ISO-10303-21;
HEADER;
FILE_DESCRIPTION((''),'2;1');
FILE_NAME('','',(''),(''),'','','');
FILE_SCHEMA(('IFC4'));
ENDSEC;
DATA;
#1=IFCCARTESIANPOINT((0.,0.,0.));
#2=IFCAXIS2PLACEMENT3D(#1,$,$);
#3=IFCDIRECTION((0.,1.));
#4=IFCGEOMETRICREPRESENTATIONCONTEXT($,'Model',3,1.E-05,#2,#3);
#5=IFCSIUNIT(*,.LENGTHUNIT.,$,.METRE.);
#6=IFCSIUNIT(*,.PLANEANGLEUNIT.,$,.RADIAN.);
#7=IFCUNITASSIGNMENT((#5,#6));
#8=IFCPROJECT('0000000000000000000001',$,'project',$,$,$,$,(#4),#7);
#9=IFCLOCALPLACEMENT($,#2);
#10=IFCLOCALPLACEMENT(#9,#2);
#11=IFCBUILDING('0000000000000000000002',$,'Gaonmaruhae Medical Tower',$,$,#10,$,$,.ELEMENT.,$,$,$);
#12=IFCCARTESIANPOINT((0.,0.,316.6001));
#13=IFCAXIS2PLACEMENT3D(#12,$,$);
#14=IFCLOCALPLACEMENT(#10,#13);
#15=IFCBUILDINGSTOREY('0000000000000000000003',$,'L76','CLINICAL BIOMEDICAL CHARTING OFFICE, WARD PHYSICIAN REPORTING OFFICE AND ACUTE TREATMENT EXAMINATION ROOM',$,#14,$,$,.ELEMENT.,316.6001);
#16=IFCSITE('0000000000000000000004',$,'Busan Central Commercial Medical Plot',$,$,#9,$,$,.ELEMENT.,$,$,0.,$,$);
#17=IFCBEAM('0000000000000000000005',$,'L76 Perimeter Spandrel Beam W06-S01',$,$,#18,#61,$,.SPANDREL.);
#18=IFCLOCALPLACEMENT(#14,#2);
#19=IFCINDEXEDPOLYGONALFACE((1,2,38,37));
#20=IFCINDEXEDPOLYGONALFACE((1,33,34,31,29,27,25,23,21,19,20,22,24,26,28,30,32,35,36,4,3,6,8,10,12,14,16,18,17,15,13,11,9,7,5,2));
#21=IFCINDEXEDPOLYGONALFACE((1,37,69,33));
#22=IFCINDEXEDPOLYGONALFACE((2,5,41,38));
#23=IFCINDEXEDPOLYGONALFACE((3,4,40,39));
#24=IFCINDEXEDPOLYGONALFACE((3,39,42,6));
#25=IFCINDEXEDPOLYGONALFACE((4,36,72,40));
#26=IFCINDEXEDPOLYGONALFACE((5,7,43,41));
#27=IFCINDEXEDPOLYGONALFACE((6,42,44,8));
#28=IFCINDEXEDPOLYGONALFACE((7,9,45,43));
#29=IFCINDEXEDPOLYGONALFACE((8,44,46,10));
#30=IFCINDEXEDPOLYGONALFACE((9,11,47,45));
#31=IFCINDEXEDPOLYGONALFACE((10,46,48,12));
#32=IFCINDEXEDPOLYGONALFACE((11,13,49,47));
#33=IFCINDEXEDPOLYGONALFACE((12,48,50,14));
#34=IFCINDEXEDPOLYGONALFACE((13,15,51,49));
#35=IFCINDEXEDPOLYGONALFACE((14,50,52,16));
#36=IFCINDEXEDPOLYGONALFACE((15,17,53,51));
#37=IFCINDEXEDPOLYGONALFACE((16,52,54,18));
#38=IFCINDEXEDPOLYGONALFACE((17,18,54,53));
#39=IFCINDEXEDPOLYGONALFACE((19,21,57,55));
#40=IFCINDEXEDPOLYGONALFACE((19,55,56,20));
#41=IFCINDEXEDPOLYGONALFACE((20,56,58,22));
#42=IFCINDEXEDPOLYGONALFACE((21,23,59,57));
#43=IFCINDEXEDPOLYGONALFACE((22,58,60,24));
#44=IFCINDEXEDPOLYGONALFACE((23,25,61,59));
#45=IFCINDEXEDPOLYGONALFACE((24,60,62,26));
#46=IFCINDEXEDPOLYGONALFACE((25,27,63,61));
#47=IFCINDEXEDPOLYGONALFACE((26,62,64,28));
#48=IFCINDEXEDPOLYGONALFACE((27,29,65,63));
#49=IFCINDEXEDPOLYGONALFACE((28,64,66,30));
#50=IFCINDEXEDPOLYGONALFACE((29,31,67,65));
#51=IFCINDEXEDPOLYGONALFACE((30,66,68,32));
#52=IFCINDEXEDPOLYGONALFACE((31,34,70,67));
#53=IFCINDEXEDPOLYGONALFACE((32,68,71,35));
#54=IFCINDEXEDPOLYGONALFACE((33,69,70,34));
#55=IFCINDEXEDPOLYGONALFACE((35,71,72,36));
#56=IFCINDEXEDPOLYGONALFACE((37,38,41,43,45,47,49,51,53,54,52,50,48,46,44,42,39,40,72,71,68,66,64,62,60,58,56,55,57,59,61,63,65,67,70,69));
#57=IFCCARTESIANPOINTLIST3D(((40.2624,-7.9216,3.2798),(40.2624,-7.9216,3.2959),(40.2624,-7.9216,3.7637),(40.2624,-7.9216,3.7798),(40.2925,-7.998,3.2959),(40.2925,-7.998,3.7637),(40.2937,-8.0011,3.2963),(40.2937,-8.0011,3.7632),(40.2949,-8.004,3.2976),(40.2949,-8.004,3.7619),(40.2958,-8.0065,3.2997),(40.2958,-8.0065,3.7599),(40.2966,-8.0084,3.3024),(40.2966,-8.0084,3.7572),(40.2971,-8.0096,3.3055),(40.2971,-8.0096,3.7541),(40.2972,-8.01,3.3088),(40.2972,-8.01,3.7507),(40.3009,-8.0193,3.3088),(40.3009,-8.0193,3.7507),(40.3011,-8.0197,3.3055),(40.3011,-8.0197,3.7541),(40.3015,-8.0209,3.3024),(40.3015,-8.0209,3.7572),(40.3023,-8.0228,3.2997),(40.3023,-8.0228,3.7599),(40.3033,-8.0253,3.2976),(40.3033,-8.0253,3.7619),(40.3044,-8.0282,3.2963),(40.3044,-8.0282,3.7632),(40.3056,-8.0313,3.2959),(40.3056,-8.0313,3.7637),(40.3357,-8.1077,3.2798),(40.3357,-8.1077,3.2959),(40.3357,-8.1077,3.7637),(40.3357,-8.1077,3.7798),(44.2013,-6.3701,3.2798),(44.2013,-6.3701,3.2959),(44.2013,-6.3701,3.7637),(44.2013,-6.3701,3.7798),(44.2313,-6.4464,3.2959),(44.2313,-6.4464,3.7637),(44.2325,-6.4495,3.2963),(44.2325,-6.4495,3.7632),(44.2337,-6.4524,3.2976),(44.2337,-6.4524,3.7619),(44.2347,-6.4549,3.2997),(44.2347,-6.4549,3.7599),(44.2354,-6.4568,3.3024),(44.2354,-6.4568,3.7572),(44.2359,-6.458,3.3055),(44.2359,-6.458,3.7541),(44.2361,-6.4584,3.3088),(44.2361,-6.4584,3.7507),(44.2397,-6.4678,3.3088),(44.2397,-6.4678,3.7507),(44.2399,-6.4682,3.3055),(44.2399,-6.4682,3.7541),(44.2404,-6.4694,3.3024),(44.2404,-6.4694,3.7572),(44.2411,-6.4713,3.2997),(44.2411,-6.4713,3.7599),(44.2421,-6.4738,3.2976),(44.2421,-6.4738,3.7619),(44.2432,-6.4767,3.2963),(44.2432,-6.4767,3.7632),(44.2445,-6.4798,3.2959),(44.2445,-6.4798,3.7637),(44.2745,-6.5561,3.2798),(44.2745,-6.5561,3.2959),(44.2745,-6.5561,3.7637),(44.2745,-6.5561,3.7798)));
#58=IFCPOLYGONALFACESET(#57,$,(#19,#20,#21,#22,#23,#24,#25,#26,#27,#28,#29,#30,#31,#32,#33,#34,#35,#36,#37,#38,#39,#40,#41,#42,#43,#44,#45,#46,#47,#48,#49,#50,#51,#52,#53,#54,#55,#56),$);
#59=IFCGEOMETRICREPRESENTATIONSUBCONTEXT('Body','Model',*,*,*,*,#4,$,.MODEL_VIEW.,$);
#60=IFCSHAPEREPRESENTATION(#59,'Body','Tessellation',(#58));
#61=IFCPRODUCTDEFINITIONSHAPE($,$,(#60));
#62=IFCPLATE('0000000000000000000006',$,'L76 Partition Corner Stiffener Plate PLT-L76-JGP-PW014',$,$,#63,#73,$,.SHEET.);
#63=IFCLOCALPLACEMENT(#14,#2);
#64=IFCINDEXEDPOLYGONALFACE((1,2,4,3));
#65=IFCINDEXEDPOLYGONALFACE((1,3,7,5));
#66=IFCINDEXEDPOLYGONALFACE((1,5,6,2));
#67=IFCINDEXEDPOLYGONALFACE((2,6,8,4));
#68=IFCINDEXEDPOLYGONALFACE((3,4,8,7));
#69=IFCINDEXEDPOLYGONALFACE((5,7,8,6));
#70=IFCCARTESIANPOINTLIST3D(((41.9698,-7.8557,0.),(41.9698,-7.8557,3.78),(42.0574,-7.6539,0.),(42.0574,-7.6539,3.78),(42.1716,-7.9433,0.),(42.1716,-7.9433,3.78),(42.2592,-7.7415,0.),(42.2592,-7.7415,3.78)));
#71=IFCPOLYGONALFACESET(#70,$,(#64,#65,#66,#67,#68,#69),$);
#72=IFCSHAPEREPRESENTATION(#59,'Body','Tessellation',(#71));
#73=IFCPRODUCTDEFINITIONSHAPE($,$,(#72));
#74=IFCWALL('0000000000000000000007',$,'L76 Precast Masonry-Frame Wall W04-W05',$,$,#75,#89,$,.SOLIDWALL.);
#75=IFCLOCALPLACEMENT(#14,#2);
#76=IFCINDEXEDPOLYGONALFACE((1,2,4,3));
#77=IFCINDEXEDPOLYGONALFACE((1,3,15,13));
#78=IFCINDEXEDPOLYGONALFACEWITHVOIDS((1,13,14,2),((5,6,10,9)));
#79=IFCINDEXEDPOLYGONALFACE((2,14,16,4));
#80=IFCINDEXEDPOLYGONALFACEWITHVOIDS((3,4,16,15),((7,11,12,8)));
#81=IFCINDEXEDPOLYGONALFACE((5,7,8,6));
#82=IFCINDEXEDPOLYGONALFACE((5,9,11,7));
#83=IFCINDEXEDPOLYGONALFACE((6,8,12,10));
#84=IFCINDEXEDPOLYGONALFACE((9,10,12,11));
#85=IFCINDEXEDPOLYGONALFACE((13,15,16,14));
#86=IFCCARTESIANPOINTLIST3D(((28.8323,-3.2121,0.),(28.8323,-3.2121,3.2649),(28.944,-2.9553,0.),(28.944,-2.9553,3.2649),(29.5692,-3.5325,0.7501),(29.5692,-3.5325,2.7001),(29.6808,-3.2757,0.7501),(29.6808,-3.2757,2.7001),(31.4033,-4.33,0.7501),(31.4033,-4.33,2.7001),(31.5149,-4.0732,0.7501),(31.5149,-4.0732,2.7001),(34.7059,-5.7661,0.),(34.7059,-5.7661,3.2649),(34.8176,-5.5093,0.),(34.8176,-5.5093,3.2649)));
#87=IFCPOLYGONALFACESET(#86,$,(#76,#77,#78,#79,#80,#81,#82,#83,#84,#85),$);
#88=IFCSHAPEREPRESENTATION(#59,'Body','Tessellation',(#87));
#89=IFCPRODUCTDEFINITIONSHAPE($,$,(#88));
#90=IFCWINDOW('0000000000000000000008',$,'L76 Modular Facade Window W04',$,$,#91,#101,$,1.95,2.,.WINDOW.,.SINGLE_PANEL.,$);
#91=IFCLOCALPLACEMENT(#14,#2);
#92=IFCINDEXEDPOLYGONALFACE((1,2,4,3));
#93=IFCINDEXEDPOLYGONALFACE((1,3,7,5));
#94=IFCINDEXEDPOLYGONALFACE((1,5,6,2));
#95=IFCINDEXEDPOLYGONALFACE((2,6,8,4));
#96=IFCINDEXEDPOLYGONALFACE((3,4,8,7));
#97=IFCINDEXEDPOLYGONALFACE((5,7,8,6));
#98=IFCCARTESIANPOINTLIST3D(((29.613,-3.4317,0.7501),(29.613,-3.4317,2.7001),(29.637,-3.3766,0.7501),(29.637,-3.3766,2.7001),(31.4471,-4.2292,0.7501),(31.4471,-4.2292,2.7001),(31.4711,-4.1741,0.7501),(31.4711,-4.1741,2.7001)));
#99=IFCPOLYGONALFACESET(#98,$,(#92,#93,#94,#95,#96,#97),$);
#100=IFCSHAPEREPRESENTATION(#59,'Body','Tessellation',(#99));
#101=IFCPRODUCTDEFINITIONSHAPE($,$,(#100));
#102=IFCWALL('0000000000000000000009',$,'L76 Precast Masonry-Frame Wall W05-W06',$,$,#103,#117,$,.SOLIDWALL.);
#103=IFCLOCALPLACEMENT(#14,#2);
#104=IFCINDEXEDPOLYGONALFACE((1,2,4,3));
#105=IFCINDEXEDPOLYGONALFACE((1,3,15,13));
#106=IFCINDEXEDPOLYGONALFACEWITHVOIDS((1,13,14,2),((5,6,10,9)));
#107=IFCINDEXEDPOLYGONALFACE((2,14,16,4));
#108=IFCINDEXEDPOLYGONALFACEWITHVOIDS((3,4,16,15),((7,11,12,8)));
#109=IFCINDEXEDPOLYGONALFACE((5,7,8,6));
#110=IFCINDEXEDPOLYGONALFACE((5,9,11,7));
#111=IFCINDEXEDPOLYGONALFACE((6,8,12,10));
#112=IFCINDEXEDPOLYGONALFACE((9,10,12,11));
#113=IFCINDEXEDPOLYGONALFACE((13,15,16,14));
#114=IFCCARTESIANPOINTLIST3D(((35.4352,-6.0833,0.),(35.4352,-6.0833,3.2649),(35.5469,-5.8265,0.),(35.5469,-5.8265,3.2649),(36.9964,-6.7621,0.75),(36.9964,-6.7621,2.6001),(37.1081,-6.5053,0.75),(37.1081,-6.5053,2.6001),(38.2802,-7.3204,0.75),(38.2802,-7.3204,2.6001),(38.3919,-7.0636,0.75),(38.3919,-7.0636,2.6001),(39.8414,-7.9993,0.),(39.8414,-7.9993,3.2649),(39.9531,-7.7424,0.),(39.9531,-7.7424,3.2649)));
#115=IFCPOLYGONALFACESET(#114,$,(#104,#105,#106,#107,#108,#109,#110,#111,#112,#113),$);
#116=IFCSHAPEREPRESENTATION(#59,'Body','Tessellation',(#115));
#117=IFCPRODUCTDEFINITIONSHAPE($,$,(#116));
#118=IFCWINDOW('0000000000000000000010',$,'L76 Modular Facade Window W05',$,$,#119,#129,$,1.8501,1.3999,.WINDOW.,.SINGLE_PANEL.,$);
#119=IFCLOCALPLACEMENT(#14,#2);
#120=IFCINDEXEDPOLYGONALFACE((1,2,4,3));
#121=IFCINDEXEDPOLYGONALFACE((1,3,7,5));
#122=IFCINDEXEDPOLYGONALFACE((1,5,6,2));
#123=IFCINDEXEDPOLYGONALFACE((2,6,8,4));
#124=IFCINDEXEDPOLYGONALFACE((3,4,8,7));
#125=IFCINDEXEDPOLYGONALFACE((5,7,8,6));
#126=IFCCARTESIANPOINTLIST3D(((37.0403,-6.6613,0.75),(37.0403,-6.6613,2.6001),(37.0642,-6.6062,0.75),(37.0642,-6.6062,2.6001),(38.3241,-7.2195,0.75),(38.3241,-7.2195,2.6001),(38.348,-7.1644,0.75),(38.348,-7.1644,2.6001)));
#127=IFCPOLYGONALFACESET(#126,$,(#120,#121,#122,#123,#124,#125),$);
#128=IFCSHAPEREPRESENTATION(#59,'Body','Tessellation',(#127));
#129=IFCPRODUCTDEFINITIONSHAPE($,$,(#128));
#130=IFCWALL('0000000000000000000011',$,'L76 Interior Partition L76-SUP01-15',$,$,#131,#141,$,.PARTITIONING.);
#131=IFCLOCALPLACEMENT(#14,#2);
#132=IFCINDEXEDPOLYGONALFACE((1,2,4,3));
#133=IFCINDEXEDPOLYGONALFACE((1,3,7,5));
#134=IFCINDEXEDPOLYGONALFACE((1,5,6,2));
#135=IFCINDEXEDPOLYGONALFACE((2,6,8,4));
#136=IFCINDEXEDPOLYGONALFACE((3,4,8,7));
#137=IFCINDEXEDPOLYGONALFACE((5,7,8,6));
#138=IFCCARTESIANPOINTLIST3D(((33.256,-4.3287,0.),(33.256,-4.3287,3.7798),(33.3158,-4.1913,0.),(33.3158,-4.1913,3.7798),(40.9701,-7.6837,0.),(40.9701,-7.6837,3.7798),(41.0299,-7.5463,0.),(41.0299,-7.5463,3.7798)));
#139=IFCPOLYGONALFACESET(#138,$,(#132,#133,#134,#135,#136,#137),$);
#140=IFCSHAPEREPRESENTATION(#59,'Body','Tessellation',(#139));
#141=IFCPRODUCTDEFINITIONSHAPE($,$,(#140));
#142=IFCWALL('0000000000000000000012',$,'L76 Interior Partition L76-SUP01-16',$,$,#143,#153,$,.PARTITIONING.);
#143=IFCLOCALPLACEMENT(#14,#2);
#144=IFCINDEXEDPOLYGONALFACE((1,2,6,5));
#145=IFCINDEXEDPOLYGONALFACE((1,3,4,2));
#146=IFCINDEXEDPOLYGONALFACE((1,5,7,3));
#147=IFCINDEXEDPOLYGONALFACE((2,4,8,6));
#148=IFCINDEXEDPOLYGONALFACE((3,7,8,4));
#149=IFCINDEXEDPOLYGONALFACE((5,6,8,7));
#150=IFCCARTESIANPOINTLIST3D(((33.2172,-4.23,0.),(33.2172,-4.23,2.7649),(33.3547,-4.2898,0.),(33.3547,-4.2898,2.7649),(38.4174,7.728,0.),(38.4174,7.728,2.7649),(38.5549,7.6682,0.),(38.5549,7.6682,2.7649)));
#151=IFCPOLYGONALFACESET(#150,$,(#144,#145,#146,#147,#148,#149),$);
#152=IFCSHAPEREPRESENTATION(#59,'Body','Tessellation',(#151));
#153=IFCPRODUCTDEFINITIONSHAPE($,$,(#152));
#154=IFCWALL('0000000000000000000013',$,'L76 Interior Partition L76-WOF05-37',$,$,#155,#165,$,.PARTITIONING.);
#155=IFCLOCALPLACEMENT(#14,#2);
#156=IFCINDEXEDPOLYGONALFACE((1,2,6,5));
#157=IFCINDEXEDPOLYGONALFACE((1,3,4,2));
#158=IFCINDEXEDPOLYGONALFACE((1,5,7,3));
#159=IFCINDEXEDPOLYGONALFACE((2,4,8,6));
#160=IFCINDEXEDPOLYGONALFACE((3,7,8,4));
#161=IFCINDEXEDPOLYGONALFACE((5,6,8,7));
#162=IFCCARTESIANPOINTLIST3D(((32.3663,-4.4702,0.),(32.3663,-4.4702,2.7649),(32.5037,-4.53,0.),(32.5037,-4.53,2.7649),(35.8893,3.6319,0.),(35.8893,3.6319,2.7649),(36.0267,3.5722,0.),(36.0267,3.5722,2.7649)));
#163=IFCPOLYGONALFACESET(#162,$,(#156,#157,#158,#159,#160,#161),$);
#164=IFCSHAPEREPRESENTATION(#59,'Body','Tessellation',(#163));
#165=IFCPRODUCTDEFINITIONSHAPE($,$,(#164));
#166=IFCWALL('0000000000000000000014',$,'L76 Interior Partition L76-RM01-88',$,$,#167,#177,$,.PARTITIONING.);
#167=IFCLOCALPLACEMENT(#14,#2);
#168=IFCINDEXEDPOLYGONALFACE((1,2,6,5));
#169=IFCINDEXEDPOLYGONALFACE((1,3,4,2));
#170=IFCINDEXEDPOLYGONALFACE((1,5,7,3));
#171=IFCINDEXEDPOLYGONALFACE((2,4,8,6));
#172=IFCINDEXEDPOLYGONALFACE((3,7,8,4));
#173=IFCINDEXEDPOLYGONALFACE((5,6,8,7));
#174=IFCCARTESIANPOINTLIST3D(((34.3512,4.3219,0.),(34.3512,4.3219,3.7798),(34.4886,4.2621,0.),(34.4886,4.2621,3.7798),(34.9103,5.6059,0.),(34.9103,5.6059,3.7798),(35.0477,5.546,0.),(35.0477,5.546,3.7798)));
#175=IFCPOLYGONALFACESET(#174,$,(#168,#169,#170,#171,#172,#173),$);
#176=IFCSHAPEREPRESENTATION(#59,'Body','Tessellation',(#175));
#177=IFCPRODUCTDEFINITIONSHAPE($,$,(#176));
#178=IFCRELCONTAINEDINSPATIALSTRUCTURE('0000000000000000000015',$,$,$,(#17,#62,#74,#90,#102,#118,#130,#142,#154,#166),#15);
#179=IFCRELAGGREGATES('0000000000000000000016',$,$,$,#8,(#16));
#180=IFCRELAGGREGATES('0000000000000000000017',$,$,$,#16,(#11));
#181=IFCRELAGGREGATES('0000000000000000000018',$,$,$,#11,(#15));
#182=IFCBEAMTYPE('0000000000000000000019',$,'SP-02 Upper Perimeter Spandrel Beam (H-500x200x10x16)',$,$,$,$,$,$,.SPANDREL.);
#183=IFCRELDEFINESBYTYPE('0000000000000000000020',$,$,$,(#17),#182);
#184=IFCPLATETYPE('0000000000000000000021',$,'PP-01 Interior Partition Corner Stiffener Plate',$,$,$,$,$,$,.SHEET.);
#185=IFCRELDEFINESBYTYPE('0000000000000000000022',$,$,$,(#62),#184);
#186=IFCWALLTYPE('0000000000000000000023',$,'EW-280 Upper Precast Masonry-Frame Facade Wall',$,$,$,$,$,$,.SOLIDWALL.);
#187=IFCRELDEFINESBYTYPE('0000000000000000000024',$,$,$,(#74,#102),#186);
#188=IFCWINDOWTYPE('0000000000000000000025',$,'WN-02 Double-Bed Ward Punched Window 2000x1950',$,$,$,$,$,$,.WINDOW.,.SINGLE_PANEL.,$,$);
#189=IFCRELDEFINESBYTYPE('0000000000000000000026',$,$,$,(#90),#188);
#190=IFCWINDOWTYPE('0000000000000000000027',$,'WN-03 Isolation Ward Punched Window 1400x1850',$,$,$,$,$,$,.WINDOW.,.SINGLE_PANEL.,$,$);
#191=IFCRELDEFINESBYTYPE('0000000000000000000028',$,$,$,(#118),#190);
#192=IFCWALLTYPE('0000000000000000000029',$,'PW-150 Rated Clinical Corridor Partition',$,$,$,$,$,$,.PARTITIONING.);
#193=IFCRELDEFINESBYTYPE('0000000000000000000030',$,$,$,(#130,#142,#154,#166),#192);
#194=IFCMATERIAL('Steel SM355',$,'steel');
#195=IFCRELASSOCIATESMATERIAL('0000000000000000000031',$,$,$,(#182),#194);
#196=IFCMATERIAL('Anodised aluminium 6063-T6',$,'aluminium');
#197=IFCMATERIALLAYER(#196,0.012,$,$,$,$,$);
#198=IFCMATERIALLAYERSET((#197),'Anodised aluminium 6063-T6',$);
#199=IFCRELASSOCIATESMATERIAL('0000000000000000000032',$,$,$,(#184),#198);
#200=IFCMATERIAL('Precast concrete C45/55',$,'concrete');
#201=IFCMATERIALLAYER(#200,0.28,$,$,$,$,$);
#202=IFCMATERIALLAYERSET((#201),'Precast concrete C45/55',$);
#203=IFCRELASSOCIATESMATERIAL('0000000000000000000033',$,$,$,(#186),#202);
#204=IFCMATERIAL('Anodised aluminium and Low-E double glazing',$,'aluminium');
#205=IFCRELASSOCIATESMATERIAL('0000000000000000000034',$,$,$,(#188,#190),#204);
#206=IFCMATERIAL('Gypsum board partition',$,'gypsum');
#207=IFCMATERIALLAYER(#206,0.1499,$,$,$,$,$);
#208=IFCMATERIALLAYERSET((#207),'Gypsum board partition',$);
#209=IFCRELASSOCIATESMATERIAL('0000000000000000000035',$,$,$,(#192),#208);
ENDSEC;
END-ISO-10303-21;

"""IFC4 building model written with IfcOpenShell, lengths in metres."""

from ifc_helpers import new_model, si_unit, direction, frame, frame_2d, origin, origin_2d, place, context, subcontext, project, spatial, rectangle, i_section, extrude, material, layer, layer_set, material_profile, profile_set, type_object, element, fill, save


model = new_model("IFC4")

# Units and contexts
model_context = context("Model", 3, precision=1e-05, world=origin(), true_north=direction((0.0, 1.0)))
body_context = subcontext(model_context, "Body", "Model", "MODEL_VIEW")
ifc_project = project(units=[si_unit("LENGTHUNIT", "METRE"), si_unit("PLANEANGLEUNIT", "RADIAN")], contexts=[model_context])

# Site, building, storey
site_placement = place(None, origin())
site = spatial("IfcSite", under=ifc_project, at=site_placement, Name="Busan Central Commercial Medical Plot", CompositionType="ELEMENT", RefElevation=0.0)
building_placement = place(site_placement, origin())
building = spatial("IfcBuilding", under=site, at=building_placement, Name="Gaonmaruhae Medical Tower", CompositionType="ELEMENT")
storey_placement = place(building_placement, frame((0.0, 0.0, 316.6001)))
storey = spatial("IfcBuildingStorey", under=building, at=storey_placement, Name="L76", Description="CLINICAL BIOMEDICAL CHARTING OFFICE, WARD PHYSICIAN REPORTING OFFICE AND ACUTE TREATMENT EXAMINATION ROOM", CompositionType="ELEMENT", Elevation=316.6001)

# Beam
ifc_material_1 = material(Name="Steel SM355", Category="steel")
ifc_material_profile_1 = material_profile(ifc_material_1, i_section(OverallWidth=0.2, OverallDepth=0.5, WebThickness=0.01, FlangeThickness=0.0161, FilletRadius=0.0129, at=origin_2d()), Name="H-500x200x10x16")
ifc_profile_set_1 = profile_set([ifc_material_profile_1], Name="Steel SM355")
beam_type_1 = type_object("IfcBeamType", Name="SP-02 Upper Perimeter Spandrel Beam (H-500x200x10x16)", PredefinedType="SPANDREL", material=ifc_profile_set_1)
beam_1_placement = place(storey_placement, frame((40.2991, -8.0146, 3.5298), z_axis=(0.930417, 0.366503, 0.0), x_axis=(-0.366503, 0.930417, 0.0)))
element("IfcBeam", 1, at=beam_1_placement, inside=storey, type_object=beam_type_1, Name="L76 Perimeter Spandrel Beam W06-S01", PredefinedType="SPANDREL", context=body_context, shape_type="SweptSolid", body=[
    extrude(i_section(OverallWidth=0.2, OverallDepth=0.5, WebThickness=0.01, FlangeThickness=0.0161, FilletRadius=0.0129, at=origin_2d()), origin(), (0.0, 0.0, 1.0), 4.2334),
])

# Plate
ifc_material_2 = material(Name="Anodised aluminium 6063-T6", Category="aluminium")
ifc_layer_1 = layer(ifc_material_2, 0.012)
ifc_layer_set_1 = layer_set([ifc_layer_1], Name="Anodised aluminium 6063-T6")
plate_type = type_object("IfcPlateType", Name="PP-01 Interior Partition Corner Stiffener Plate", PredefinedType="SHEET", material=ifc_layer_set_1)
plate_placement = place(storey_placement, frame((42.1145, -7.7986, 0.0), z_axis=(0.0, 0.0, 1.0), x_axis=(-0.917248, 0.398317, 0.0)))
element("IfcPlate", 2, at=plate_placement, inside=storey, type_object=plate_type, Name="L76 Partition Corner Stiffener Plate PLT-L76-JGP-PW014", PredefinedType="SHEET", context=body_context, shape_type="SweptSolid", body=[
    extrude(rectangle(XDim=0.22, YDim=0.22, at=origin_2d()), origin(), (0.0, 0.0, 1.0), 3.78),
])

# Walls, openings, windows
ifc_material_3 = material(Name="Precast concrete C45/55", Category="concrete")
ifc_layer_2 = layer(ifc_material_3, 0.28)
ifc_layer_set_2 = layer_set([ifc_layer_2], Name="Precast concrete C45/55")
wall_type_1 = type_object("IfcWallType", Name="EW-280 Upper Precast Masonry-Frame Facade Wall", PredefinedType="SOLIDWALL", material=ifc_layer_set_2)
wall_1_placement = place(storey_placement, frame((34.7617, -5.6377, 0.0), z_axis=(0.0, 0.0, 1.0), x_axis=(-0.917056, 0.398758, 0.0)))
wall_1 = element("IfcWall", 3, at=wall_1_placement, inside=storey, type_object=wall_type_1, Name="L76 Precast Masonry-Frame Wall W04-W05", PredefinedType="SOLIDWALL", context=body_context, shape_type="SweptSolid", body=[
    extrude(rectangle(XDim=6.4048, YDim=0.28, at=frame_2d((3.2024, 0.0))), origin(), (0.0, 0.0, 1.0), 3.2649),
])
opening_1_placement = place(wall_1_placement, frame((3.6013, 0.0, 0.75)))
opening_1 = element("IfcOpeningElement", 4, at=opening_1_placement, cuts=wall_1, PredefinedType="OPENING", context=body_context, shape_type="SweptSolid", body=[
    extrude(rectangle(XDim=2.0, YDim=1.95, at=frame_2d((1.0, 0.9751))), frame((0.0, 0.1499, 0.0), z_axis=(0.0, -1.0, 0.0), x_axis=(1.0, 0.0, 0.0)), (0.0, 0.0, 1.0), 0.3),
])
ifc_material_4 = material(Name="Anodised aluminium and Low-E double glazing", Category="aluminium")
window_type_1 = type_object("IfcWindowType", Name="WN-02 Double-Bed Ward Punched Window 2000x1950", PartitioningType="SINGLE_PANEL", PredefinedType="WINDOW", material=ifc_material_4)
window_1_placement = place(opening_1_placement, origin())
window_1 = element("IfcWindow", 5, at=window_1_placement, inside=storey, type_object=window_type_1, Name="L76 Modular Facade Window W04", OverallHeight=1.95, OverallWidth=2.0, PartitioningType="SINGLE_PANEL", PredefinedType="WINDOW", context=body_context, shape_type="SweptSolid", body=[
    extrude(rectangle(XDim=2.0, YDim=1.95, at=frame_2d((1.0, 0.9751))), frame((0.0, 0.03, 0.0), z_axis=(0.0, -1.0, 0.0), x_axis=(1.0, 0.0, 0.0)), (0.0, 0.0, 1.0), 0.0601),
])
fill(opening_1, window_1)
wall_2_placement = place(storey_placement, frame((39.8972, -7.8708, 0.0), z_axis=(0.0, 0.0, 1.0), x_axis=(-0.917051, 0.398771, 0.0)))
wall_2 = element("IfcWall", 6, at=wall_2_placement, inside=storey, type_object=wall_type_1, Name="L76 Precast Masonry-Frame Wall W05-W06", PredefinedType="SOLIDWALL", context=body_context, shape_type="SweptSolid", body=[
    extrude(rectangle(XDim=4.8047, YDim=0.28, at=frame_2d((2.4023, 0.0))), origin(), (0.0, 0.0, 1.0), 3.2649),
])
opening_2_placement = place(wall_2_placement, frame((1.7024, 0.0, 0.75)))
opening_2 = element("IfcOpeningElement", 7, at=opening_2_placement, cuts=wall_2, PredefinedType="OPENING", context=body_context, shape_type="SweptSolid", body=[
    extrude(rectangle(XDim=1.3999, YDim=1.8501, at=frame_2d((0.7, 0.925))), frame((0.0, 0.1499, 0.0), z_axis=(0.0, -1.0, 0.0), x_axis=(1.0, 0.0, 0.0)), (0.0, 0.0, 1.0), 0.3),
])
window_type_2 = type_object("IfcWindowType", Name="WN-03 Isolation Ward Punched Window 1400x1850", PartitioningType="SINGLE_PANEL", PredefinedType="WINDOW", material=ifc_material_4)
window_2_placement = place(opening_2_placement, origin())
window_2 = element("IfcWindow", 8, at=window_2_placement, inside=storey, type_object=window_type_2, Name="L76 Modular Facade Window W05", OverallHeight=1.8501, OverallWidth=1.3999, PartitioningType="SINGLE_PANEL", PredefinedType="WINDOW", context=body_context, shape_type="SweptSolid", body=[
    extrude(rectangle(XDim=1.3999, YDim=1.8501, at=frame_2d((0.7, 0.925))), frame((0.0, 0.03, 0.0), z_axis=(0.0, -1.0, 0.0), x_axis=(1.0, 0.0, 0.0)), (0.0, 0.0, 1.0), 0.0601),
])
fill(opening_2, window_2)

# Walls
ifc_material_5 = material(Name="Gypsum board partition", Category="gypsum")
ifc_layer_3 = layer(ifc_material_5, 0.1499)
ifc_layer_set_3 = layer_set([ifc_layer_3], Name="Gypsum board partition")
wall_type_2 = type_object("IfcWallType", Name="PW-150 Rated Clinical Corridor Partition", PredefinedType="PARTITIONING", material=ifc_layer_set_3)
wall_3_placement = place(storey_placement, frame((41.0, -7.615, 0.0), z_axis=(0.0, 0.0, 1.0), x_axis=(-0.917026, 0.398828, 0.0)))
element("IfcWall", 9, at=wall_3_placement, inside=storey, type_object=wall_type_2, Name="L76 Interior Partition L76-SUP01-15", PredefinedType="PARTITIONING", context=body_context, shape_type="SweptSolid", body=[
    extrude(rectangle(XDim=8.4121, YDim=0.1499, at=frame_2d((4.2061, 0.0))), origin(), (0.0, 0.0, 1.0), 3.7798),
])
wall_4_placement = place(storey_placement, frame((33.2859, -4.26, 0.0), z_axis=(0.0, 0.0, 1.0), x_axis=(0.398795, 0.91704, 0.0)))
element("IfcWall", 10, at=wall_4_placement, inside=storey, type_object=wall_type_2, Name="L76 Interior Partition L76-SUP01-16", PredefinedType="PARTITIONING", context=body_context, shape_type="SweptSolid", body=[
    extrude(rectangle(XDim=13.0398, YDim=0.1499, at=frame_2d((6.52, 0.0))), origin(), (0.0, 0.0, 1.0), 2.7649),
])
wall_5_placement = place(storey_placement, frame((35.958, 3.6021, 0.0), z_axis=(0.0, 0.0, 1.0), x_axis=(-0.398756, -0.917057, 0.0)))
element("IfcWall", 11, at=wall_5_placement, inside=storey, type_object=wall_type_2, Name="L76 Interior Partition L76-WOF05-37", PredefinedType="PARTITIONING", context=body_context, shape_type="SweptSolid", body=[
    extrude(rectangle(XDim=8.835, YDim=0.1499, at=frame_2d((4.4175, 0.0))), origin(), (0.0, 0.0, 1.0), 2.7649),
])
wall_6_placement = place(storey_placement, frame((34.979, 5.5759, 0.0), z_axis=(0.0, 0.0, 1.0), x_axis=(-0.399236, -0.916848, 0.0)))
element("IfcWall", 12, at=wall_6_placement, inside=storey, type_object=wall_type_2, Name="L76 Interior Partition L76-RM01-88", PredefinedType="PARTITIONING", context=body_context, shape_type="SweptSolid", body=[
    extrude(rectangle(XDim=1.4004, YDim=0.1499, at=frame_2d((0.7002, 0.0))), origin(), (0.0, 0.0, 1.0), 3.7798),
])

save(model, "model.ifc")
